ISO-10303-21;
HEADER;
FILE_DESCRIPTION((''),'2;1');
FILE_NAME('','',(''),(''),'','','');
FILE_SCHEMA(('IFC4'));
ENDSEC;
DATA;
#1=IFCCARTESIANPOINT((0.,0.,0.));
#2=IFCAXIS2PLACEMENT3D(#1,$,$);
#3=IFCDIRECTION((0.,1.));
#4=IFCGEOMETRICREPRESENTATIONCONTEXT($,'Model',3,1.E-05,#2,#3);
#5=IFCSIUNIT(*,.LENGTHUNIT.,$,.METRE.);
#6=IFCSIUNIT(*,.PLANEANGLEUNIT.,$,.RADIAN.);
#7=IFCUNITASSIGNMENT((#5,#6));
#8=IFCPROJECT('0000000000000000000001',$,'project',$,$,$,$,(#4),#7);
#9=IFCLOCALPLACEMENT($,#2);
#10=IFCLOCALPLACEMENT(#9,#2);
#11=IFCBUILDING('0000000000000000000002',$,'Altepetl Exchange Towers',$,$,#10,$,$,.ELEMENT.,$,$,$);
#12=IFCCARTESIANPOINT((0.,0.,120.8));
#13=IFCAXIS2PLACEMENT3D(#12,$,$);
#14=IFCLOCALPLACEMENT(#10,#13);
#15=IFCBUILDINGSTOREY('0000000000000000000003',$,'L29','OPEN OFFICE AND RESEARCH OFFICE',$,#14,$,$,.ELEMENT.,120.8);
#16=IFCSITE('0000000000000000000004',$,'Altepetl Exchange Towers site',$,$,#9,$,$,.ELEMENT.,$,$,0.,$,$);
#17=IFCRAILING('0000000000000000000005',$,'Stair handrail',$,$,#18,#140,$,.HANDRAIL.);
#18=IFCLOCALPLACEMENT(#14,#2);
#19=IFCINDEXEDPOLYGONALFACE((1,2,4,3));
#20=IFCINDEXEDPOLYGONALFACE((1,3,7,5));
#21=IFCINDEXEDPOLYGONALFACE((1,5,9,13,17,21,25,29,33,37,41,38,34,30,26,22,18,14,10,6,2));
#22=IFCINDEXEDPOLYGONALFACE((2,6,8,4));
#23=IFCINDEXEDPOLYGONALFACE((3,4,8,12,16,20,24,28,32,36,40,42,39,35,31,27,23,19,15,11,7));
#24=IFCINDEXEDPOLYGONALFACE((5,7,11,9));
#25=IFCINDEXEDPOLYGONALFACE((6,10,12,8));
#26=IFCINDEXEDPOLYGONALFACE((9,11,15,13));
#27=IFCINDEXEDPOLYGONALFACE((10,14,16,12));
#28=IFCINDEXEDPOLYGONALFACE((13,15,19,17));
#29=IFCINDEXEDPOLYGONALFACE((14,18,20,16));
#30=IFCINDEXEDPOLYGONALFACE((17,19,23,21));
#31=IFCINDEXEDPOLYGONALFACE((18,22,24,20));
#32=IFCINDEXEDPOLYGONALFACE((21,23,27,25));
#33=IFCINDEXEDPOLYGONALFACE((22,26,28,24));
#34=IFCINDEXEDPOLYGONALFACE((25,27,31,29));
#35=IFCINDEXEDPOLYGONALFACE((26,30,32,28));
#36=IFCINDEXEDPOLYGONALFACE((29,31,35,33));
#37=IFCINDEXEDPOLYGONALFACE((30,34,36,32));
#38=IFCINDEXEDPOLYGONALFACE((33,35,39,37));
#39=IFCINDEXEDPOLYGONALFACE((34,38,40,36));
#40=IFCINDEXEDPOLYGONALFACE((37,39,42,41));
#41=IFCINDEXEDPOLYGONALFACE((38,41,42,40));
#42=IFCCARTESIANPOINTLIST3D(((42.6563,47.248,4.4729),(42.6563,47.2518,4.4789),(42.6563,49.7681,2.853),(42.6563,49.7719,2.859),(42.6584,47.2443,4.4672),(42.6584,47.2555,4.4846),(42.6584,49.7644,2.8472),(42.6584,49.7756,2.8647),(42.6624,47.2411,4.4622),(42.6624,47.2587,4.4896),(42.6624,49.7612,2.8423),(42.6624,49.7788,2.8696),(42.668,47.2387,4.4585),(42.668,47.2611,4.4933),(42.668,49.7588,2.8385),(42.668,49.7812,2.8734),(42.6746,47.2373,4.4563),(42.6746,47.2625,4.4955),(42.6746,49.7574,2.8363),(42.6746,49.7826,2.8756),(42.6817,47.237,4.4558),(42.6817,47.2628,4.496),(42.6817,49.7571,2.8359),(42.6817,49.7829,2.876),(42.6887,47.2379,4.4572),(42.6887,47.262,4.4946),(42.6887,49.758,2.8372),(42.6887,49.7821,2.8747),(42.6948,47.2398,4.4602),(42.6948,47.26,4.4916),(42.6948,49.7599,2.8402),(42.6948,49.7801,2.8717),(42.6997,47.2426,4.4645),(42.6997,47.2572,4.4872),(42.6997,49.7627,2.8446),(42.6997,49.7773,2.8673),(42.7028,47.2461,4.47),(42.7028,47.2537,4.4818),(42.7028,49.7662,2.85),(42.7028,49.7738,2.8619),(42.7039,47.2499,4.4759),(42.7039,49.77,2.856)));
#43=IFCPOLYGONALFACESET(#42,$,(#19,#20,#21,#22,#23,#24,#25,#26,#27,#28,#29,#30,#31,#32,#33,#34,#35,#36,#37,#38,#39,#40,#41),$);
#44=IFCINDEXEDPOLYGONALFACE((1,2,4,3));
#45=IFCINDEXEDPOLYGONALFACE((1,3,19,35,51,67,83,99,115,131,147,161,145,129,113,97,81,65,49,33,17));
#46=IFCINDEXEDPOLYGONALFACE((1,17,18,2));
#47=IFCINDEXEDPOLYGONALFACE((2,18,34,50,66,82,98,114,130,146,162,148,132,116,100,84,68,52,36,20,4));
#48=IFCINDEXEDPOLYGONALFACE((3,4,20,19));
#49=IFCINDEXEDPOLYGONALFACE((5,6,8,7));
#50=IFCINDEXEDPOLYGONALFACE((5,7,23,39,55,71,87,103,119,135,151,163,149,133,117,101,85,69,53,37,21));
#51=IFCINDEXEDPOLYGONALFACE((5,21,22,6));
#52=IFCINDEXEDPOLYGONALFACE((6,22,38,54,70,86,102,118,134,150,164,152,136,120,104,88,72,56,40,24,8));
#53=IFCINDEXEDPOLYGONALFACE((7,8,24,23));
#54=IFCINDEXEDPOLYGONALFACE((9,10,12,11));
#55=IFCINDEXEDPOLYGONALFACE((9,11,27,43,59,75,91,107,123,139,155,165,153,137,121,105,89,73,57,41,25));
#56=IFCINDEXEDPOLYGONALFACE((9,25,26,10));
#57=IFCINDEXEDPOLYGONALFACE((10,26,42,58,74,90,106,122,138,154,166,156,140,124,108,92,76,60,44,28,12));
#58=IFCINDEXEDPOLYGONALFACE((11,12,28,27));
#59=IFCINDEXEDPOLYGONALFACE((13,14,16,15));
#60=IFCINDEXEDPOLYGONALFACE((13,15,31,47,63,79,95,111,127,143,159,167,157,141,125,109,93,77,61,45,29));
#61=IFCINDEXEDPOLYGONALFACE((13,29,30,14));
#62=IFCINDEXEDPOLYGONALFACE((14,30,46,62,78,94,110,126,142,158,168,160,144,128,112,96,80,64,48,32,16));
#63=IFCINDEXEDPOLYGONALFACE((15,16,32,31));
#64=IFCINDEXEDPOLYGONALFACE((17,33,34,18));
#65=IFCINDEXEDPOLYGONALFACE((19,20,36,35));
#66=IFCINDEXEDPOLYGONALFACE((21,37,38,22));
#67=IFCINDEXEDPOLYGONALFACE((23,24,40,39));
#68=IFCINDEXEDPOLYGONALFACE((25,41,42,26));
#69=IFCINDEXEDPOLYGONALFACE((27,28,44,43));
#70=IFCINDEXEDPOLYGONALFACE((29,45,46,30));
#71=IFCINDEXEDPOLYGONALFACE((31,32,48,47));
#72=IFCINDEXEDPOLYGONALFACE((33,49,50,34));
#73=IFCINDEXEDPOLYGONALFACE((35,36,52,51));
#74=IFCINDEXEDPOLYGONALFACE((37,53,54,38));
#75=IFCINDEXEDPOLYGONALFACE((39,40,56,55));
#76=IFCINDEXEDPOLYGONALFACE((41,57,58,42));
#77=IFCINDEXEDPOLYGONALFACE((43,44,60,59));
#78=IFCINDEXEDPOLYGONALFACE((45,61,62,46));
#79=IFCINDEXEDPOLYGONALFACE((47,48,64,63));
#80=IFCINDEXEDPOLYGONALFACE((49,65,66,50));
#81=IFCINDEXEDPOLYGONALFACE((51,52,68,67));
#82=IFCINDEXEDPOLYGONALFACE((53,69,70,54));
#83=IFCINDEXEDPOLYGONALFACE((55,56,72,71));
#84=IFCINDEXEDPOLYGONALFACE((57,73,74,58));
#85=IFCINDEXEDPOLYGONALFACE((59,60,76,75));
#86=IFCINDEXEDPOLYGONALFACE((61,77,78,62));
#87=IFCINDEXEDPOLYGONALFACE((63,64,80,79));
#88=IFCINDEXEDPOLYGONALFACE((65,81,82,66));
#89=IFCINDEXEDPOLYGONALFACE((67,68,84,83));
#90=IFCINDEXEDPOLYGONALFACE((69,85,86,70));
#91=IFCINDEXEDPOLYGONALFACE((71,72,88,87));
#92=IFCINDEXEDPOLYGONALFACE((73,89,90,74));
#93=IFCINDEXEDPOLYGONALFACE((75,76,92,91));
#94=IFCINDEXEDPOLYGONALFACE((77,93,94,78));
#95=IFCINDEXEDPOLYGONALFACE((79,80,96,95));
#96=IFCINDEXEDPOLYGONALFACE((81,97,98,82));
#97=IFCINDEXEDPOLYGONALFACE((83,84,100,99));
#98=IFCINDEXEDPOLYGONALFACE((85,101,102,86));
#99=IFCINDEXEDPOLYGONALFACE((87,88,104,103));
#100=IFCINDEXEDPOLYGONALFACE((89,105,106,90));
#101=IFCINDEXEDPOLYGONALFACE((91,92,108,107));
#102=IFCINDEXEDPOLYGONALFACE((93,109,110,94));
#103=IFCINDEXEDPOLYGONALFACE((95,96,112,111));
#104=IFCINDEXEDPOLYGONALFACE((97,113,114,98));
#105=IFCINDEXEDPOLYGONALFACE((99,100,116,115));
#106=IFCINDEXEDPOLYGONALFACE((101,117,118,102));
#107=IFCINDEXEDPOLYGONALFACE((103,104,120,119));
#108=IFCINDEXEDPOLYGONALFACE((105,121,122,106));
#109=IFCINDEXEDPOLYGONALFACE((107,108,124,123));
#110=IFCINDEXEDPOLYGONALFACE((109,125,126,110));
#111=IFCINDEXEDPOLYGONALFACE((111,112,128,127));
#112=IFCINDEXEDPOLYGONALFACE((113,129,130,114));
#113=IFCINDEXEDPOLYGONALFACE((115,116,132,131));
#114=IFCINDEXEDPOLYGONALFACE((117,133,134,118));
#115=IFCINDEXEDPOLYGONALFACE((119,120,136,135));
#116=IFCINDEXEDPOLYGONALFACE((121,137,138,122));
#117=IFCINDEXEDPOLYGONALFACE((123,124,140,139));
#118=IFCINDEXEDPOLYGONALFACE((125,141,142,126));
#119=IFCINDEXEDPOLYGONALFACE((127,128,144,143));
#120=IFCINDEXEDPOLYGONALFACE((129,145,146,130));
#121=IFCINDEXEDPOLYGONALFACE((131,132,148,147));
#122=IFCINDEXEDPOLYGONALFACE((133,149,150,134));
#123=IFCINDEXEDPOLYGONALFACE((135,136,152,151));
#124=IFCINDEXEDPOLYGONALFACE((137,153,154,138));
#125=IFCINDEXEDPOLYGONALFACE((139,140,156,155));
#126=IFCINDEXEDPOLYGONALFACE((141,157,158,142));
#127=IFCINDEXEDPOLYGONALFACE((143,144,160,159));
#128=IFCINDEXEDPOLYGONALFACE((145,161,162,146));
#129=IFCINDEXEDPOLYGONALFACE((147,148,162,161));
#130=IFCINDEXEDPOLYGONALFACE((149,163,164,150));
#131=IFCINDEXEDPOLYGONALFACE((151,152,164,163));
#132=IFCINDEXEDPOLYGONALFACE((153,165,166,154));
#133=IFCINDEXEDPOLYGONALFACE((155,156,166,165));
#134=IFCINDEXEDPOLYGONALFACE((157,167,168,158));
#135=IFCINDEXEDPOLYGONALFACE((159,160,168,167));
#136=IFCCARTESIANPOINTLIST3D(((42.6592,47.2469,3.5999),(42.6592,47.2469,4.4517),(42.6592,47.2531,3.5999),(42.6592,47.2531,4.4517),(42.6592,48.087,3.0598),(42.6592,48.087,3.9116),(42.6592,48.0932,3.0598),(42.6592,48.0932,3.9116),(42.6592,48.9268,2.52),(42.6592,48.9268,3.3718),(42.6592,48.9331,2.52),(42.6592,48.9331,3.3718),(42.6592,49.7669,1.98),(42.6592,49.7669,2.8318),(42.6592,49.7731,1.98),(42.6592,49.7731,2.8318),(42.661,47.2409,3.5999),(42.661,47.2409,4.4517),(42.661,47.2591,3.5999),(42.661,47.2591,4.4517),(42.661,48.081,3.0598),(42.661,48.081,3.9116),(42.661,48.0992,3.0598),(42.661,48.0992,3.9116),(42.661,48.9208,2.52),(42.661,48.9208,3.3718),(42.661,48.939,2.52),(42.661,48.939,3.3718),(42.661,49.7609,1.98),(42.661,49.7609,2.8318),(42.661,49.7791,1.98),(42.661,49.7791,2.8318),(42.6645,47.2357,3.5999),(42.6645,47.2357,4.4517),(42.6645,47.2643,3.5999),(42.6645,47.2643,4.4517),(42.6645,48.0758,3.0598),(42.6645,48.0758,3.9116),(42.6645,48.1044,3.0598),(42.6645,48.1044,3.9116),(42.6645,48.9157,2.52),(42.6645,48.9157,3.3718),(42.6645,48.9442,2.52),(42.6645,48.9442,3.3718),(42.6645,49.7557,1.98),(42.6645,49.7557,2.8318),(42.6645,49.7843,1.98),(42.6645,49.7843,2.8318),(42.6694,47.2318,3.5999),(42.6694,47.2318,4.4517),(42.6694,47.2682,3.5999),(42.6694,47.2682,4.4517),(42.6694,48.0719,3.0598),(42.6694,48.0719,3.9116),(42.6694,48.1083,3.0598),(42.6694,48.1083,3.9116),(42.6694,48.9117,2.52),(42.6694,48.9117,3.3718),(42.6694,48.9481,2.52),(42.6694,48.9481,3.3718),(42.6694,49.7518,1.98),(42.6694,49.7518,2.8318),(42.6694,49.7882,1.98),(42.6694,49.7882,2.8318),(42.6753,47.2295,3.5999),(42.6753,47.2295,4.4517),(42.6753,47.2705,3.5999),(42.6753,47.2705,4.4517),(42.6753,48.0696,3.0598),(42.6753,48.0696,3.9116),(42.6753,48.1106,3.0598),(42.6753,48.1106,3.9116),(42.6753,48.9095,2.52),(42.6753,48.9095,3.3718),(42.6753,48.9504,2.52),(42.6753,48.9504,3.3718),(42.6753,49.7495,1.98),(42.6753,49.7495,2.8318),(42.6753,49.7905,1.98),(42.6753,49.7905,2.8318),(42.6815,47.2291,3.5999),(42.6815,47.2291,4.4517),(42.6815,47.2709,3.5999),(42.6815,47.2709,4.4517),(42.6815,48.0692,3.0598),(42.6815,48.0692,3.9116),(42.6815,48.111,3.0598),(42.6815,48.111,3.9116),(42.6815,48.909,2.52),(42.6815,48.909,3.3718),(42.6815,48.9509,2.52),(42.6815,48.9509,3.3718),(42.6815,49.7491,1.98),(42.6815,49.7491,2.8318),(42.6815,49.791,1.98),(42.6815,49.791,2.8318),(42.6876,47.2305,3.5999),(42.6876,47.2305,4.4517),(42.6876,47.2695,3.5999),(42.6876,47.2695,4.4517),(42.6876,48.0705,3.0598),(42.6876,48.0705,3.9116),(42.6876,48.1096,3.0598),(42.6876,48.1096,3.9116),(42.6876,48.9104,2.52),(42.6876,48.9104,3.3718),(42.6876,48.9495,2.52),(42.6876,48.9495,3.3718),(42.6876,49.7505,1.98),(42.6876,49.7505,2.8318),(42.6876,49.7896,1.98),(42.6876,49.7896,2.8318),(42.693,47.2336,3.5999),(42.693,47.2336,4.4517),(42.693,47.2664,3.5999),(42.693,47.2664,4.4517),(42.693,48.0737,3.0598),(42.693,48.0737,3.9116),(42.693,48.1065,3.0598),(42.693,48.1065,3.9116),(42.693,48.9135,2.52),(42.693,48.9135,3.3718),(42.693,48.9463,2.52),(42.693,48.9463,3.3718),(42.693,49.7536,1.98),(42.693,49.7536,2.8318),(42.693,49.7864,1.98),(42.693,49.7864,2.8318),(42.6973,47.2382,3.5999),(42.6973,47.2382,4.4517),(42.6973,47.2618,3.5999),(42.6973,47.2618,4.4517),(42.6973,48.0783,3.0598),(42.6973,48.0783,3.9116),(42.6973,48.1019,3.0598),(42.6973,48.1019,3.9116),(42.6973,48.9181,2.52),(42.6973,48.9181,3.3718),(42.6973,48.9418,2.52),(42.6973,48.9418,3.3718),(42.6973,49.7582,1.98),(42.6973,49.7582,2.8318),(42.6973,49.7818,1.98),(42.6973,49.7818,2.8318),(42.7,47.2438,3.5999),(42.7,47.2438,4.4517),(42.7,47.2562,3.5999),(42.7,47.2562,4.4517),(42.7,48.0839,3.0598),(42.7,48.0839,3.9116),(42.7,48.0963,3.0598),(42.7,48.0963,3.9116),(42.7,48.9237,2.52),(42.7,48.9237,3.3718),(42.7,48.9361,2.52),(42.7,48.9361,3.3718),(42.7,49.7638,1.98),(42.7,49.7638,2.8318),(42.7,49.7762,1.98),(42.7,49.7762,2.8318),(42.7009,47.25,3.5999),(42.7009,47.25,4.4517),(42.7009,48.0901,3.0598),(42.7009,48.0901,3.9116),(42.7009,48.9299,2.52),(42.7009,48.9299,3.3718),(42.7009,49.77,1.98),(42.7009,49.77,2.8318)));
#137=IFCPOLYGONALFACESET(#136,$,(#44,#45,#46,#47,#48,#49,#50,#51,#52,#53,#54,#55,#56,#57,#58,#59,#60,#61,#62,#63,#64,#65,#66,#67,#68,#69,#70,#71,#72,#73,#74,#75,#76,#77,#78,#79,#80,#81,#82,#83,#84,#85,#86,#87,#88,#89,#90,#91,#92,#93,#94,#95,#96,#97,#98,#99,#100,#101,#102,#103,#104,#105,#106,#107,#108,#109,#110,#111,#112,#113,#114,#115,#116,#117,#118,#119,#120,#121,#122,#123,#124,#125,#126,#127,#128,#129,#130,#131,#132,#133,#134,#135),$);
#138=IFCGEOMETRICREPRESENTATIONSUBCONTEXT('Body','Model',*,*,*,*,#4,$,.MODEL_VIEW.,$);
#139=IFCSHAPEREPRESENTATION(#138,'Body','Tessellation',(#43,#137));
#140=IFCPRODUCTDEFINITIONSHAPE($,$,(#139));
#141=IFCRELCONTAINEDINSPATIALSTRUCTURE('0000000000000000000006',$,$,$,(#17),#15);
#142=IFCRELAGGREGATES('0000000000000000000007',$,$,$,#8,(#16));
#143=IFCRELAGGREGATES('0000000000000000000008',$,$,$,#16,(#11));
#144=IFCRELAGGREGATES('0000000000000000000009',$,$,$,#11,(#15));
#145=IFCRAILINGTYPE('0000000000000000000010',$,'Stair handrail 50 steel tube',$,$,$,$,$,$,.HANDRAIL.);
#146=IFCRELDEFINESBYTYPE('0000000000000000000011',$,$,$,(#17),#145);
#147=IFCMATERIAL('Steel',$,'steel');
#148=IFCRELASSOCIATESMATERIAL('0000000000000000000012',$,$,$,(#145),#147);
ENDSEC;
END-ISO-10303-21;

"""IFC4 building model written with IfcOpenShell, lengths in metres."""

from ifc_helpers import new_model, si_unit, direction, frame, origin, origin_2d, place, context, subcontext, project, spatial, circle, extrude, source, transform, mapped, material, type_object, element, save


model = new_model("IFC4")

# Units and contexts
model_context = context("Model", 3, precision=1e-05, world=origin(), true_north=direction((0.0, 1.0)))
body_context = subcontext(model_context, "Body", "Model", "MODEL_VIEW")
ifc_project = project(units=[si_unit("LENGTHUNIT", "METRE"), si_unit("PLANEANGLEUNIT", "RADIAN")], contexts=[model_context])

# Site, building, storey
site_placement = place(None, origin())
site = spatial("IfcSite", under=ifc_project, at=site_placement, Name="Altepetl Exchange Towers site", CompositionType="ELEMENT", RefElevation=0.0)
building_placement = place(site_placement, origin())
building = spatial("IfcBuilding", under=site, at=building_placement, Name="Altepetl Exchange Towers", CompositionType="ELEMENT")
storey_placement = place(building_placement, frame((0.0, 0.0, 120.8)))
storey = spatial("IfcBuildingStorey", under=building, at=storey_placement, Name="L29", Description="OPEN OFFICE AND RESEARCH OFFICE", CompositionType="ELEMENT", Elevation=120.8)

# Railing
ifc_material_1 = material(Name="Steel", Category="steel")
railing_type = type_object("IfcRailingType", Name="Stair handrail 50 steel tube", PredefinedType="HANDRAIL", material=ifc_material_1)
shared_shape = source(origin(), body_context, "Body", "SweptSolid", [
    extrude(circle(Radius=0.021, at=origin_2d()), origin(), (0.0, 0.0, 1.0), 0.8518),
])
railing_1_placement = place(storey_placement, frame((42.6799, 49.77, 1.98)))
element("IfcRailing", 1, at=railing_1_placement, inside=storey, type_object=railing_type, Name="Stair handrail", PredefinedType="HANDRAIL", context=body_context, shape_type="SweptSolid", body=[
    extrude(circle(Radius=0.0239, at=origin_2d()), frame((0.0, 0.0, 0.876), z_axis=(0.0, -0.8412, 0.540725), x_axis=(1.0, 0.0, 0.0)), (0.0, 0.0, 1.0), 2.9958),
    mapped(shared_shape, transform((0.0, 0.0, 0.0))),
    mapped(shared_shape, transform((0.0, -0.8401, 0.54))),
    mapped(shared_shape, transform((0.0, -1.6799, 1.0798))),
    mapped(shared_shape, transform((0.0, -2.52, 1.6199))),
])

save(model, "model.ifc")
